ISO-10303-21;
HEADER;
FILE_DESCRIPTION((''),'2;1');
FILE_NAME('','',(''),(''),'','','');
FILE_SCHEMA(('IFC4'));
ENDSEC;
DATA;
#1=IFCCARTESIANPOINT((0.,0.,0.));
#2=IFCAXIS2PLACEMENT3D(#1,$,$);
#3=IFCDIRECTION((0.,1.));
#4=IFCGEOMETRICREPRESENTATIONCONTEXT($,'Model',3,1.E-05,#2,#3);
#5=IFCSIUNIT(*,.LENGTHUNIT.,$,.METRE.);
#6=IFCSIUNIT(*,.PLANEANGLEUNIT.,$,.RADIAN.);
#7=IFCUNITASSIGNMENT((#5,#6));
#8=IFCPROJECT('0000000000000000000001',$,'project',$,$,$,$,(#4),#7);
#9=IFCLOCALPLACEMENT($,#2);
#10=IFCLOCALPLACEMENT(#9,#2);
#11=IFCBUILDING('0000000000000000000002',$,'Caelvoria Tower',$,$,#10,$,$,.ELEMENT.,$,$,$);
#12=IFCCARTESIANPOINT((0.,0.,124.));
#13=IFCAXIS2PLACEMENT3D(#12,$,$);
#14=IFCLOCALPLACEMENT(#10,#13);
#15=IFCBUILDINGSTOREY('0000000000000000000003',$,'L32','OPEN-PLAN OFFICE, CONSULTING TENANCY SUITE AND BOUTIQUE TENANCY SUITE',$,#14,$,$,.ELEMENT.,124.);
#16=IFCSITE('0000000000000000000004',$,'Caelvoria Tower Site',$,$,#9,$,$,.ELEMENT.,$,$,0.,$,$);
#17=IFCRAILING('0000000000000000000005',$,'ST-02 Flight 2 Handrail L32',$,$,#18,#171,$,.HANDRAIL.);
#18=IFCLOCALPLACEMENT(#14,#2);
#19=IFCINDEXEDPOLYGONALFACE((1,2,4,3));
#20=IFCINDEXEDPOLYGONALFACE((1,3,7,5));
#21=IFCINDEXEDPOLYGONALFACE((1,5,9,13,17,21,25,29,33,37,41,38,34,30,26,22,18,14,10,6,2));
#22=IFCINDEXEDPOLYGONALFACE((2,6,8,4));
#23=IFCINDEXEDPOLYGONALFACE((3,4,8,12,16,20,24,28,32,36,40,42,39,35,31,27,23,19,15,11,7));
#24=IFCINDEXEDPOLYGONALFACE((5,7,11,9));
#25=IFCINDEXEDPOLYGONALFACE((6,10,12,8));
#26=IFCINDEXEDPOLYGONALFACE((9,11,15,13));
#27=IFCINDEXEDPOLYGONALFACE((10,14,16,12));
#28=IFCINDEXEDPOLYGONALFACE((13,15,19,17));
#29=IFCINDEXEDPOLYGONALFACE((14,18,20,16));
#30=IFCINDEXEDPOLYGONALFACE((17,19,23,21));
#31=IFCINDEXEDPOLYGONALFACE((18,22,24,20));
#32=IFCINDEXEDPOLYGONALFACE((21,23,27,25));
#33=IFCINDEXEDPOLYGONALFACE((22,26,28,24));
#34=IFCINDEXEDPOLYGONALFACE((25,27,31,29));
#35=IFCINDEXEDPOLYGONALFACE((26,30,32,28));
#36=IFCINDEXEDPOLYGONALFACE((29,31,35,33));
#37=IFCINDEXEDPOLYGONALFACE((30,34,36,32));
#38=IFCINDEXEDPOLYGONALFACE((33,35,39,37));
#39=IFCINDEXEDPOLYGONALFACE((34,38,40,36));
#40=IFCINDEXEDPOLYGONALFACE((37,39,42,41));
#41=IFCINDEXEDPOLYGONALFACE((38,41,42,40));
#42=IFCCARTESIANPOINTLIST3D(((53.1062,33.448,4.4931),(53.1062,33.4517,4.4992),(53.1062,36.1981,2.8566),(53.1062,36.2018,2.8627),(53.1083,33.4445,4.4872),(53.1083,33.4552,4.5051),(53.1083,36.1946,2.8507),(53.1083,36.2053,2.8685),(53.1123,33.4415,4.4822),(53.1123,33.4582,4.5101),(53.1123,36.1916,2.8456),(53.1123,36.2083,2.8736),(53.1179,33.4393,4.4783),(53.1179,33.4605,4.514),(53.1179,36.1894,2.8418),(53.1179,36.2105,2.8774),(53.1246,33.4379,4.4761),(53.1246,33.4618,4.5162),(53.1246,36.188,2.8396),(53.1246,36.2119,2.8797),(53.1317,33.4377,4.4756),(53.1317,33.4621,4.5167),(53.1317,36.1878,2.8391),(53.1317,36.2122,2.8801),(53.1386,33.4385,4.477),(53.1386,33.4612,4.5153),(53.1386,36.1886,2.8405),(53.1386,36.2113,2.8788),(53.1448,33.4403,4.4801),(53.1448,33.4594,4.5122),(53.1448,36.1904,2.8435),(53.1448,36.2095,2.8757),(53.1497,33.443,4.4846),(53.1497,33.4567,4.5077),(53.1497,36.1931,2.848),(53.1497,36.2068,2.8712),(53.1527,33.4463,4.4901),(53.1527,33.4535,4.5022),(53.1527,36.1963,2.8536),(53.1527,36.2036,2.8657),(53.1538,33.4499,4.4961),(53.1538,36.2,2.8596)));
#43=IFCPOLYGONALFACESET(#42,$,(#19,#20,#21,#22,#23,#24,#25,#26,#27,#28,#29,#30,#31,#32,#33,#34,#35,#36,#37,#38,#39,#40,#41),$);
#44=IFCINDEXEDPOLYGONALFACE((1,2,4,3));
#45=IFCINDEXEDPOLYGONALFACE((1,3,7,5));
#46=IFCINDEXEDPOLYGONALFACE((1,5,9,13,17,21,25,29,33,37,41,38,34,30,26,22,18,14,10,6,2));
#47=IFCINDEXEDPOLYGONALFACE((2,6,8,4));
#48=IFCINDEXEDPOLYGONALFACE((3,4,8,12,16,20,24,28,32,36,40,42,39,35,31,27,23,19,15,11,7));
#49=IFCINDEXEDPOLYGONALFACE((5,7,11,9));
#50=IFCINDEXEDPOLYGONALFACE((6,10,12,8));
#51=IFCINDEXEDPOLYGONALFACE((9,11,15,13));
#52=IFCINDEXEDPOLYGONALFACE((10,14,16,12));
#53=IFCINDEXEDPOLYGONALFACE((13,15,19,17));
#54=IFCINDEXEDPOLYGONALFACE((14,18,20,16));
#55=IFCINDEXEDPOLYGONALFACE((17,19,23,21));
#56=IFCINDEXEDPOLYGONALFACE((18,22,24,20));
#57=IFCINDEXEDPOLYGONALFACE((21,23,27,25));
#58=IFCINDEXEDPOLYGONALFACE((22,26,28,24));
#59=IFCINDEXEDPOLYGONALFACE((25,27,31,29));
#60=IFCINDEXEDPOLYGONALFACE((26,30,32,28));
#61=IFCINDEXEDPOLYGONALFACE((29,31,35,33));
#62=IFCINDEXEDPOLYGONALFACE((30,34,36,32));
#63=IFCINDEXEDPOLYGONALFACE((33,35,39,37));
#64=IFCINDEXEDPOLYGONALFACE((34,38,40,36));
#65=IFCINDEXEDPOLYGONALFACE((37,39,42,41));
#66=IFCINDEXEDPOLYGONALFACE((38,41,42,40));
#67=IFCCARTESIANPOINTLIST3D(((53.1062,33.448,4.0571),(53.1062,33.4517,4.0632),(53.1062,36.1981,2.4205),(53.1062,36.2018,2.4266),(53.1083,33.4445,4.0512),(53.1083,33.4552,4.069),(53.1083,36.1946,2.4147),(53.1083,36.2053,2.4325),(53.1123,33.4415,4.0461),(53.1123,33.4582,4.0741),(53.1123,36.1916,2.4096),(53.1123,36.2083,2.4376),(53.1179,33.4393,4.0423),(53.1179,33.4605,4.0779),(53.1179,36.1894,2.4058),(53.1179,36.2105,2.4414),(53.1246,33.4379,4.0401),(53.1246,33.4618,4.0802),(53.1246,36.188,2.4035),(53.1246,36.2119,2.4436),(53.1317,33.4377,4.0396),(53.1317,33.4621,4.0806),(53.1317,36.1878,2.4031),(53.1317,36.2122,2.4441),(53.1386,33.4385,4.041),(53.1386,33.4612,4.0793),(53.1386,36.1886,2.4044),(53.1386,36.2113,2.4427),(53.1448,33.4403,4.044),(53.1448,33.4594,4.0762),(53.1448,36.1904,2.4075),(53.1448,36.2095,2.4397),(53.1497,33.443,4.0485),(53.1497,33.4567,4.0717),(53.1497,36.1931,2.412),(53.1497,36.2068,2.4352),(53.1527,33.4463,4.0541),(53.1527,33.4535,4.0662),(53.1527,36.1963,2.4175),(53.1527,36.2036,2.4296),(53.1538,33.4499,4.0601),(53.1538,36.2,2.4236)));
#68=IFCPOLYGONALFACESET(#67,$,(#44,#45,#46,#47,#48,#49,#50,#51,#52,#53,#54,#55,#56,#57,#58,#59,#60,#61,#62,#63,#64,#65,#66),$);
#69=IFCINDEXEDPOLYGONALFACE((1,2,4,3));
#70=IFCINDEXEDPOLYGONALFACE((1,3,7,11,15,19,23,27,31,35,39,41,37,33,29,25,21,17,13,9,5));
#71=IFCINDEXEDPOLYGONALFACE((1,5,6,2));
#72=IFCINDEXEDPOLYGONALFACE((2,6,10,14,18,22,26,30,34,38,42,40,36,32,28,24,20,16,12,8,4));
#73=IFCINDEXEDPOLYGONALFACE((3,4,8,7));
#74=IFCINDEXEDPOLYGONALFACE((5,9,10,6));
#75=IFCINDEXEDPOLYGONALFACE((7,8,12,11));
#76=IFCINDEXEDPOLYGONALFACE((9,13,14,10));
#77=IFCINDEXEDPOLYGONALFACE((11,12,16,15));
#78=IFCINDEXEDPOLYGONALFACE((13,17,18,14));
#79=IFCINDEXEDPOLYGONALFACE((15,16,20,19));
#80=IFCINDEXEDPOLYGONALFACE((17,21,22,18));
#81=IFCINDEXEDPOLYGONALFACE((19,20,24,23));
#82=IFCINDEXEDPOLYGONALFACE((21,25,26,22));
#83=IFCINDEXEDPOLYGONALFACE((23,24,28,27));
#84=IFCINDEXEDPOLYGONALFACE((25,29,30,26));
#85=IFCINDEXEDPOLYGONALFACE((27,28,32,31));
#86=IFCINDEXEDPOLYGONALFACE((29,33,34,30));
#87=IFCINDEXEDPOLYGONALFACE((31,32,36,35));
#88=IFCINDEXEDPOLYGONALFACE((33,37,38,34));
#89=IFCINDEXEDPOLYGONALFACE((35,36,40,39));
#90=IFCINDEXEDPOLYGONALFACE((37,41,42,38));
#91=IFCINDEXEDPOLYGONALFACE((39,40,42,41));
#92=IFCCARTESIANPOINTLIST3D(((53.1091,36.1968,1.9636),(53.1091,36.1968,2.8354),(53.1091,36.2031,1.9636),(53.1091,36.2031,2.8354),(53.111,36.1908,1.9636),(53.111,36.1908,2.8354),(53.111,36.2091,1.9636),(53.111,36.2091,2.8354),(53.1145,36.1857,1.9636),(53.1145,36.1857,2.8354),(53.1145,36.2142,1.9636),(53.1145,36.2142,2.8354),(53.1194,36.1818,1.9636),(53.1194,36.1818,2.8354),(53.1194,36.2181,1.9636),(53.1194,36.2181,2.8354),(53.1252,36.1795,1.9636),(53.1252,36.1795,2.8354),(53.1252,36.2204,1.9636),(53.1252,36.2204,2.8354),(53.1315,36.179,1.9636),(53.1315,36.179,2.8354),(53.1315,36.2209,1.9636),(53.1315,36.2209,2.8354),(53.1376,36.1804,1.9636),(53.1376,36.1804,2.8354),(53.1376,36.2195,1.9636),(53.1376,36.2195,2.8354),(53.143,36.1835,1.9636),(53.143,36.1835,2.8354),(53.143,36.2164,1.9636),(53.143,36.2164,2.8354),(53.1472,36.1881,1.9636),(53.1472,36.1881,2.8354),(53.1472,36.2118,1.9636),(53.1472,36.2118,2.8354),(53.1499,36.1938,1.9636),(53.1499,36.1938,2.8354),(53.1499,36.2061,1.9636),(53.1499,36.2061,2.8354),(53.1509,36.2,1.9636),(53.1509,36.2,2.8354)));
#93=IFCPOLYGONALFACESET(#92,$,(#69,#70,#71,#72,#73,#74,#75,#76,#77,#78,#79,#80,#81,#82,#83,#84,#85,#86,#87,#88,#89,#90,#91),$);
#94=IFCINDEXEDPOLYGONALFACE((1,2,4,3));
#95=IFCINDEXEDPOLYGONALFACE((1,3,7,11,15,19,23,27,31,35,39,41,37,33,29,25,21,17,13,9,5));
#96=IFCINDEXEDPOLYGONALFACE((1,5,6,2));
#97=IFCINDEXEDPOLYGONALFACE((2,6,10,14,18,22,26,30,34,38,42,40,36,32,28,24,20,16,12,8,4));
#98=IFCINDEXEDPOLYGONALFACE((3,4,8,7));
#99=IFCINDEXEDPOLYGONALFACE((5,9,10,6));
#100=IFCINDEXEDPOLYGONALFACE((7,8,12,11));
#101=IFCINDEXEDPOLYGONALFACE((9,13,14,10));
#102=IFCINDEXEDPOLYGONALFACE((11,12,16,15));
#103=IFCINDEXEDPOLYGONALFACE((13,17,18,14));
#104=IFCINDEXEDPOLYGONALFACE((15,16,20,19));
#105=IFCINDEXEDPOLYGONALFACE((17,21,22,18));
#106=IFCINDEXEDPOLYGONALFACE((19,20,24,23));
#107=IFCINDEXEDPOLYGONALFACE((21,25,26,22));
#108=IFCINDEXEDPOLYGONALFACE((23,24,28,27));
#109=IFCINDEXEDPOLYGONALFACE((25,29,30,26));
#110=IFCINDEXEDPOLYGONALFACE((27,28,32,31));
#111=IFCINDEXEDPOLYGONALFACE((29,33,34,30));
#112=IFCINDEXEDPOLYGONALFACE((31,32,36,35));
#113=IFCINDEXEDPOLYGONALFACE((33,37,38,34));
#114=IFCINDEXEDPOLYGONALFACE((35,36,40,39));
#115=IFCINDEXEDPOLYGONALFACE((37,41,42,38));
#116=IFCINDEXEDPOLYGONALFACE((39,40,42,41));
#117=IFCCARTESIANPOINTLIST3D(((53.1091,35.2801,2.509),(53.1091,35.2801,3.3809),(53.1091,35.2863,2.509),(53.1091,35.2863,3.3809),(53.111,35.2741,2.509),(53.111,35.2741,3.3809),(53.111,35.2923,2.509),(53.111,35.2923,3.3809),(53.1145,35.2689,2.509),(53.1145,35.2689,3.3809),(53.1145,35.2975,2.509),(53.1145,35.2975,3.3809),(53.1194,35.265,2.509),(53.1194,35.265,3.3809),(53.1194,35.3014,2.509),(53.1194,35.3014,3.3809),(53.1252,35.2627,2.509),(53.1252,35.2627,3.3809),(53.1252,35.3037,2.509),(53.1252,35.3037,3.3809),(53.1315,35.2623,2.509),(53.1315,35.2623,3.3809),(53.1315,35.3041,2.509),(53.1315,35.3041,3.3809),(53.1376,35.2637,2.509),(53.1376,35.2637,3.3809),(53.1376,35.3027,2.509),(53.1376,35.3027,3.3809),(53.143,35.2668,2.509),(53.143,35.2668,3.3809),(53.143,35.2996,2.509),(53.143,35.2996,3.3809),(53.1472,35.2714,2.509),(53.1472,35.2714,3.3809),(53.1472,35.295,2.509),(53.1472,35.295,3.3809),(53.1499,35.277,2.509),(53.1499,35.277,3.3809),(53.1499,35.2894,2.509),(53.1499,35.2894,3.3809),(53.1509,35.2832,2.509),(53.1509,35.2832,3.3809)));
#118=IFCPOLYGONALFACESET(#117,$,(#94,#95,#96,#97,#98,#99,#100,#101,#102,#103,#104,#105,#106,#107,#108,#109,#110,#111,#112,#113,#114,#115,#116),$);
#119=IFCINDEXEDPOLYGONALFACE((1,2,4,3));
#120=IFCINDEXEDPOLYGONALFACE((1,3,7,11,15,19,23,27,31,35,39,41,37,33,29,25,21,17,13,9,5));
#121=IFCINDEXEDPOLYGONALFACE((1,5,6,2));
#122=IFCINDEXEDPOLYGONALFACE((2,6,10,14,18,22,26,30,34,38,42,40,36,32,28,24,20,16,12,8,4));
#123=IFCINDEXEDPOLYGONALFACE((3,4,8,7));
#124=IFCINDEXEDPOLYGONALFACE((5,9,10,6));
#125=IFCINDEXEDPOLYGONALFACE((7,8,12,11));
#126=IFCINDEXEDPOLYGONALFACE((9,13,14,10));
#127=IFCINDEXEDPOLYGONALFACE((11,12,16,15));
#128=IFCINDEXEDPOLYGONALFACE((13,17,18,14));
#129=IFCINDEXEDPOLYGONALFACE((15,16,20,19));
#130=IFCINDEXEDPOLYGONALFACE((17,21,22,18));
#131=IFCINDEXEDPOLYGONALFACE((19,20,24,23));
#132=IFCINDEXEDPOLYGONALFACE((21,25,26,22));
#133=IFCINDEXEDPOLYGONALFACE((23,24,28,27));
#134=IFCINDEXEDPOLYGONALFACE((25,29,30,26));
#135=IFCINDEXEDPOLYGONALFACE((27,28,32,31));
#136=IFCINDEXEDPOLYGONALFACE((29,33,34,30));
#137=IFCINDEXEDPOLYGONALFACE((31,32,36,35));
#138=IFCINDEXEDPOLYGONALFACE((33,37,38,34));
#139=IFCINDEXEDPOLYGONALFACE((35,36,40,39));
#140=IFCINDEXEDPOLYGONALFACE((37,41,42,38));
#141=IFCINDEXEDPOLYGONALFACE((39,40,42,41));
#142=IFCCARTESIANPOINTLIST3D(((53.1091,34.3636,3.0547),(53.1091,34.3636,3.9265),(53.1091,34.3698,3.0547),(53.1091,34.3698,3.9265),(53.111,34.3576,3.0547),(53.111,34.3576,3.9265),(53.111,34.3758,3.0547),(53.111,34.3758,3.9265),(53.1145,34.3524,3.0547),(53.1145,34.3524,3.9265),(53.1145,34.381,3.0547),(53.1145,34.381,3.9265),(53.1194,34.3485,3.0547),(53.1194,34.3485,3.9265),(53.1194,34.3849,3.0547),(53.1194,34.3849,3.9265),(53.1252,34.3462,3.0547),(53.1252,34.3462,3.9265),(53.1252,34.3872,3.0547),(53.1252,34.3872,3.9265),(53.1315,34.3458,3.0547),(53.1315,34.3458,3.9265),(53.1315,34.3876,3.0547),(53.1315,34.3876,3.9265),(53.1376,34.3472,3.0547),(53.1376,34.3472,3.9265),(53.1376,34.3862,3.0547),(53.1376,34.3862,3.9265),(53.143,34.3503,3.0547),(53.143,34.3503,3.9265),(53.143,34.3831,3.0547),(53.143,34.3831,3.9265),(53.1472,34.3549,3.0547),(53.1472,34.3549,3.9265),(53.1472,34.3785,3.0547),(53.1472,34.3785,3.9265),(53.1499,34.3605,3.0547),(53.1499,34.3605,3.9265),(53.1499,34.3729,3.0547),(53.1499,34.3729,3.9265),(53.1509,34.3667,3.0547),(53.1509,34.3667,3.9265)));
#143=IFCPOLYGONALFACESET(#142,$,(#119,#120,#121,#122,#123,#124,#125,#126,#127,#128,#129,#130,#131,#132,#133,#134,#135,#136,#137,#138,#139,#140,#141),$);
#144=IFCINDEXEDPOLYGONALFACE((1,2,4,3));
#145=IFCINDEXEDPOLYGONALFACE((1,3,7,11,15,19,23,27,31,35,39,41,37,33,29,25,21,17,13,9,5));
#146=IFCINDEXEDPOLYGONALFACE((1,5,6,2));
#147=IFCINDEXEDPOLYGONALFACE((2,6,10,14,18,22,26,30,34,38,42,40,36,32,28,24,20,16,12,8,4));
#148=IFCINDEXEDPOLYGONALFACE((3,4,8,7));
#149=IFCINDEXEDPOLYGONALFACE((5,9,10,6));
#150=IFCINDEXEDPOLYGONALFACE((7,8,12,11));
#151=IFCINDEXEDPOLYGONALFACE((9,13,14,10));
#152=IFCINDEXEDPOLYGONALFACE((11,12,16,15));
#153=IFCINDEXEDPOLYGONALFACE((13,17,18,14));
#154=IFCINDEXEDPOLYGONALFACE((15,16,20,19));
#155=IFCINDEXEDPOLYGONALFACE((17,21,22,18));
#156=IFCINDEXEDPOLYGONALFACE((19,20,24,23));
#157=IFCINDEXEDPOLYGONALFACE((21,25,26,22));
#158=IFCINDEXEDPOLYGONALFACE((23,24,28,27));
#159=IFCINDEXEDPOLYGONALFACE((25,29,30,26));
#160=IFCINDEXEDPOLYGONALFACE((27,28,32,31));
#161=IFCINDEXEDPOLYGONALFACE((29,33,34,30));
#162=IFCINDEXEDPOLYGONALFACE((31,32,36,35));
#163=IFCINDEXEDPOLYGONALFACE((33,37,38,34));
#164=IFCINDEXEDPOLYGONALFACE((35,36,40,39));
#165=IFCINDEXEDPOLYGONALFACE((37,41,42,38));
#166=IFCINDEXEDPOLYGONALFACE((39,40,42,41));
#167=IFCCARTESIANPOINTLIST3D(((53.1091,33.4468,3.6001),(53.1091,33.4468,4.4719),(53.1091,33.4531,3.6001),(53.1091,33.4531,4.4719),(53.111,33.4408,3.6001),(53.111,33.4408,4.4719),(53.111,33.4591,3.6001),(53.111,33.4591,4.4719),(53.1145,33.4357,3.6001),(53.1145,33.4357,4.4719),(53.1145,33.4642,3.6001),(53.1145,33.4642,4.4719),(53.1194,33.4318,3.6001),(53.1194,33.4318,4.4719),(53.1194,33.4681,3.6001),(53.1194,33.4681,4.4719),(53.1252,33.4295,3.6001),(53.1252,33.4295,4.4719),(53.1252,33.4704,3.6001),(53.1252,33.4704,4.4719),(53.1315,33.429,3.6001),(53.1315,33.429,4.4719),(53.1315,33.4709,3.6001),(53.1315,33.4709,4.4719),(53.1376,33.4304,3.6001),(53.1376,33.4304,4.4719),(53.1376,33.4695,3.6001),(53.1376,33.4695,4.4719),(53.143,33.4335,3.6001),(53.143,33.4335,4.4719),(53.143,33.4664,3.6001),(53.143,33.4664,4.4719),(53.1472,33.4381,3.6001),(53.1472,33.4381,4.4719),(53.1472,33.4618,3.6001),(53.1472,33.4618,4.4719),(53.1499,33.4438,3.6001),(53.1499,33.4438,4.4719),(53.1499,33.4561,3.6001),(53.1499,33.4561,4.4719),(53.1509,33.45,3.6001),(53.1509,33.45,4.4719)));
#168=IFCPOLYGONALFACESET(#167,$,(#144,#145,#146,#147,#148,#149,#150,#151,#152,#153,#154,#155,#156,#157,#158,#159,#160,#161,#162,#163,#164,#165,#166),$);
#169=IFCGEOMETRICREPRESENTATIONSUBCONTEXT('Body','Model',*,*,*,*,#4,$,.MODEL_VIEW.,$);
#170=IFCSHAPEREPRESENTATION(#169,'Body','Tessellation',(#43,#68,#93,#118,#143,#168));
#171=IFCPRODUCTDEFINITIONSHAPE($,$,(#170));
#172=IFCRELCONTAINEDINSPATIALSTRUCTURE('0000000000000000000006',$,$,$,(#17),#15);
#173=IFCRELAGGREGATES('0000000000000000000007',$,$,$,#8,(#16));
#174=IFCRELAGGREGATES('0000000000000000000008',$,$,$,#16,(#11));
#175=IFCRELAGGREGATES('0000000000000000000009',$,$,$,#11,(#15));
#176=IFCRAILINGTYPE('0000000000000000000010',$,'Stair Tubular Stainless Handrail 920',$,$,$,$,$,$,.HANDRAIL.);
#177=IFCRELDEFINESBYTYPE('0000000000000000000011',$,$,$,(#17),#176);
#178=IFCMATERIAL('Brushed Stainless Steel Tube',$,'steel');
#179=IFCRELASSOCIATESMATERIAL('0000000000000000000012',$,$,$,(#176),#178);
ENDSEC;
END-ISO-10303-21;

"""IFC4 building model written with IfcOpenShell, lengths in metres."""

from ifc_helpers import new_model, si_unit, direction, frame, origin, origin_2d, place, context, subcontext, project, spatial, circle, extrude, material, type_object, element, save


model = new_model("IFC4")

# Units and contexts
model_context = context("Model", 3, precision=1e-05, world=origin(), true_north=direction((0.0, 1.0)))
body_context = subcontext(model_context, "Body", "Model", "MODEL_VIEW")
ifc_project = project(units=[si_unit("LENGTHUNIT", "METRE"), si_unit("PLANEANGLEUNIT", "RADIAN")], contexts=[model_context])

# Site, building, storey
site_placement = place(None, origin())
site = spatial("IfcSite", under=ifc_project, at=site_placement, Name="Caelvoria Tower Site", CompositionType="ELEMENT", RefElevation=0.0)
building_placement = place(site_placement, origin())
building = spatial("IfcBuilding", under=site, at=building_placement, Name="Caelvoria Tower", CompositionType="ELEMENT")
storey_placement = place(building_placement, frame((0.0, 0.0, 124.0)))
storey = spatial("IfcBuildingStorey", under=building, at=storey_placement, Name="L32", Description="OPEN-PLAN OFFICE, CONSULTING TENANCY SUITE AND BOUTIQUE TENANCY SUITE", CompositionType="ELEMENT", Elevation=124.0)

# Railing
ifc_material_1 = material(Name="Brushed Stainless Steel Tube", Category="steel")
railing_type_1 = type_object("IfcRailingType", Name="Stair Tubular Stainless Handrail 920", PredefinedType="HANDRAIL", material=ifc_material_1)
railing_1_placement = place(storey_placement, frame((53.1299, 36.2, 1.9636)))
element("IfcRailing", 1, at=railing_1_placement, inside=storey, type_object=railing_type_1, Name="ST-02 Flight 2 Handrail L32", PredefinedType="HANDRAIL", context=body_context, shape_type="SweptSolid", body=[
    extrude(circle(Radius=0.0239, at=origin_2d()), frame((0.0, 0.0, 0.896), z_axis=(0.0, -0.859352, 0.511385), x_axis=(1.0, 0.0, 0.0)), (0.0, 0.0, 1.0), 3.2002),
    extrude(circle(Radius=0.0239, at=origin_2d()), frame((0.0, 0.0, 0.46), z_axis=(0.0, -0.859352, 0.511385), x_axis=(1.0, 0.0, 0.0)), (0.0, 0.0, 1.0), 3.2002),
    extrude(circle(Radius=0.021, at=origin_2d()), origin(), (0.0, 0.0, 1.0), 0.8718),
    extrude(circle(Radius=0.021, at=origin_2d()), frame((0.0, -0.9167, 0.5454)), (0.0, 0.0, 1.0), 0.8718),
    extrude(circle(Radius=0.021, at=origin_2d()), frame((0.0, -1.8333, 1.0911)), (0.0, 0.0, 1.0), 0.8718),
    extrude(circle(Radius=0.021, at=origin_2d()), frame((0.0, -2.75, 1.6365)), (0.0, 0.0, 1.0), 0.8718),
])

save(model, "model.ifc")
